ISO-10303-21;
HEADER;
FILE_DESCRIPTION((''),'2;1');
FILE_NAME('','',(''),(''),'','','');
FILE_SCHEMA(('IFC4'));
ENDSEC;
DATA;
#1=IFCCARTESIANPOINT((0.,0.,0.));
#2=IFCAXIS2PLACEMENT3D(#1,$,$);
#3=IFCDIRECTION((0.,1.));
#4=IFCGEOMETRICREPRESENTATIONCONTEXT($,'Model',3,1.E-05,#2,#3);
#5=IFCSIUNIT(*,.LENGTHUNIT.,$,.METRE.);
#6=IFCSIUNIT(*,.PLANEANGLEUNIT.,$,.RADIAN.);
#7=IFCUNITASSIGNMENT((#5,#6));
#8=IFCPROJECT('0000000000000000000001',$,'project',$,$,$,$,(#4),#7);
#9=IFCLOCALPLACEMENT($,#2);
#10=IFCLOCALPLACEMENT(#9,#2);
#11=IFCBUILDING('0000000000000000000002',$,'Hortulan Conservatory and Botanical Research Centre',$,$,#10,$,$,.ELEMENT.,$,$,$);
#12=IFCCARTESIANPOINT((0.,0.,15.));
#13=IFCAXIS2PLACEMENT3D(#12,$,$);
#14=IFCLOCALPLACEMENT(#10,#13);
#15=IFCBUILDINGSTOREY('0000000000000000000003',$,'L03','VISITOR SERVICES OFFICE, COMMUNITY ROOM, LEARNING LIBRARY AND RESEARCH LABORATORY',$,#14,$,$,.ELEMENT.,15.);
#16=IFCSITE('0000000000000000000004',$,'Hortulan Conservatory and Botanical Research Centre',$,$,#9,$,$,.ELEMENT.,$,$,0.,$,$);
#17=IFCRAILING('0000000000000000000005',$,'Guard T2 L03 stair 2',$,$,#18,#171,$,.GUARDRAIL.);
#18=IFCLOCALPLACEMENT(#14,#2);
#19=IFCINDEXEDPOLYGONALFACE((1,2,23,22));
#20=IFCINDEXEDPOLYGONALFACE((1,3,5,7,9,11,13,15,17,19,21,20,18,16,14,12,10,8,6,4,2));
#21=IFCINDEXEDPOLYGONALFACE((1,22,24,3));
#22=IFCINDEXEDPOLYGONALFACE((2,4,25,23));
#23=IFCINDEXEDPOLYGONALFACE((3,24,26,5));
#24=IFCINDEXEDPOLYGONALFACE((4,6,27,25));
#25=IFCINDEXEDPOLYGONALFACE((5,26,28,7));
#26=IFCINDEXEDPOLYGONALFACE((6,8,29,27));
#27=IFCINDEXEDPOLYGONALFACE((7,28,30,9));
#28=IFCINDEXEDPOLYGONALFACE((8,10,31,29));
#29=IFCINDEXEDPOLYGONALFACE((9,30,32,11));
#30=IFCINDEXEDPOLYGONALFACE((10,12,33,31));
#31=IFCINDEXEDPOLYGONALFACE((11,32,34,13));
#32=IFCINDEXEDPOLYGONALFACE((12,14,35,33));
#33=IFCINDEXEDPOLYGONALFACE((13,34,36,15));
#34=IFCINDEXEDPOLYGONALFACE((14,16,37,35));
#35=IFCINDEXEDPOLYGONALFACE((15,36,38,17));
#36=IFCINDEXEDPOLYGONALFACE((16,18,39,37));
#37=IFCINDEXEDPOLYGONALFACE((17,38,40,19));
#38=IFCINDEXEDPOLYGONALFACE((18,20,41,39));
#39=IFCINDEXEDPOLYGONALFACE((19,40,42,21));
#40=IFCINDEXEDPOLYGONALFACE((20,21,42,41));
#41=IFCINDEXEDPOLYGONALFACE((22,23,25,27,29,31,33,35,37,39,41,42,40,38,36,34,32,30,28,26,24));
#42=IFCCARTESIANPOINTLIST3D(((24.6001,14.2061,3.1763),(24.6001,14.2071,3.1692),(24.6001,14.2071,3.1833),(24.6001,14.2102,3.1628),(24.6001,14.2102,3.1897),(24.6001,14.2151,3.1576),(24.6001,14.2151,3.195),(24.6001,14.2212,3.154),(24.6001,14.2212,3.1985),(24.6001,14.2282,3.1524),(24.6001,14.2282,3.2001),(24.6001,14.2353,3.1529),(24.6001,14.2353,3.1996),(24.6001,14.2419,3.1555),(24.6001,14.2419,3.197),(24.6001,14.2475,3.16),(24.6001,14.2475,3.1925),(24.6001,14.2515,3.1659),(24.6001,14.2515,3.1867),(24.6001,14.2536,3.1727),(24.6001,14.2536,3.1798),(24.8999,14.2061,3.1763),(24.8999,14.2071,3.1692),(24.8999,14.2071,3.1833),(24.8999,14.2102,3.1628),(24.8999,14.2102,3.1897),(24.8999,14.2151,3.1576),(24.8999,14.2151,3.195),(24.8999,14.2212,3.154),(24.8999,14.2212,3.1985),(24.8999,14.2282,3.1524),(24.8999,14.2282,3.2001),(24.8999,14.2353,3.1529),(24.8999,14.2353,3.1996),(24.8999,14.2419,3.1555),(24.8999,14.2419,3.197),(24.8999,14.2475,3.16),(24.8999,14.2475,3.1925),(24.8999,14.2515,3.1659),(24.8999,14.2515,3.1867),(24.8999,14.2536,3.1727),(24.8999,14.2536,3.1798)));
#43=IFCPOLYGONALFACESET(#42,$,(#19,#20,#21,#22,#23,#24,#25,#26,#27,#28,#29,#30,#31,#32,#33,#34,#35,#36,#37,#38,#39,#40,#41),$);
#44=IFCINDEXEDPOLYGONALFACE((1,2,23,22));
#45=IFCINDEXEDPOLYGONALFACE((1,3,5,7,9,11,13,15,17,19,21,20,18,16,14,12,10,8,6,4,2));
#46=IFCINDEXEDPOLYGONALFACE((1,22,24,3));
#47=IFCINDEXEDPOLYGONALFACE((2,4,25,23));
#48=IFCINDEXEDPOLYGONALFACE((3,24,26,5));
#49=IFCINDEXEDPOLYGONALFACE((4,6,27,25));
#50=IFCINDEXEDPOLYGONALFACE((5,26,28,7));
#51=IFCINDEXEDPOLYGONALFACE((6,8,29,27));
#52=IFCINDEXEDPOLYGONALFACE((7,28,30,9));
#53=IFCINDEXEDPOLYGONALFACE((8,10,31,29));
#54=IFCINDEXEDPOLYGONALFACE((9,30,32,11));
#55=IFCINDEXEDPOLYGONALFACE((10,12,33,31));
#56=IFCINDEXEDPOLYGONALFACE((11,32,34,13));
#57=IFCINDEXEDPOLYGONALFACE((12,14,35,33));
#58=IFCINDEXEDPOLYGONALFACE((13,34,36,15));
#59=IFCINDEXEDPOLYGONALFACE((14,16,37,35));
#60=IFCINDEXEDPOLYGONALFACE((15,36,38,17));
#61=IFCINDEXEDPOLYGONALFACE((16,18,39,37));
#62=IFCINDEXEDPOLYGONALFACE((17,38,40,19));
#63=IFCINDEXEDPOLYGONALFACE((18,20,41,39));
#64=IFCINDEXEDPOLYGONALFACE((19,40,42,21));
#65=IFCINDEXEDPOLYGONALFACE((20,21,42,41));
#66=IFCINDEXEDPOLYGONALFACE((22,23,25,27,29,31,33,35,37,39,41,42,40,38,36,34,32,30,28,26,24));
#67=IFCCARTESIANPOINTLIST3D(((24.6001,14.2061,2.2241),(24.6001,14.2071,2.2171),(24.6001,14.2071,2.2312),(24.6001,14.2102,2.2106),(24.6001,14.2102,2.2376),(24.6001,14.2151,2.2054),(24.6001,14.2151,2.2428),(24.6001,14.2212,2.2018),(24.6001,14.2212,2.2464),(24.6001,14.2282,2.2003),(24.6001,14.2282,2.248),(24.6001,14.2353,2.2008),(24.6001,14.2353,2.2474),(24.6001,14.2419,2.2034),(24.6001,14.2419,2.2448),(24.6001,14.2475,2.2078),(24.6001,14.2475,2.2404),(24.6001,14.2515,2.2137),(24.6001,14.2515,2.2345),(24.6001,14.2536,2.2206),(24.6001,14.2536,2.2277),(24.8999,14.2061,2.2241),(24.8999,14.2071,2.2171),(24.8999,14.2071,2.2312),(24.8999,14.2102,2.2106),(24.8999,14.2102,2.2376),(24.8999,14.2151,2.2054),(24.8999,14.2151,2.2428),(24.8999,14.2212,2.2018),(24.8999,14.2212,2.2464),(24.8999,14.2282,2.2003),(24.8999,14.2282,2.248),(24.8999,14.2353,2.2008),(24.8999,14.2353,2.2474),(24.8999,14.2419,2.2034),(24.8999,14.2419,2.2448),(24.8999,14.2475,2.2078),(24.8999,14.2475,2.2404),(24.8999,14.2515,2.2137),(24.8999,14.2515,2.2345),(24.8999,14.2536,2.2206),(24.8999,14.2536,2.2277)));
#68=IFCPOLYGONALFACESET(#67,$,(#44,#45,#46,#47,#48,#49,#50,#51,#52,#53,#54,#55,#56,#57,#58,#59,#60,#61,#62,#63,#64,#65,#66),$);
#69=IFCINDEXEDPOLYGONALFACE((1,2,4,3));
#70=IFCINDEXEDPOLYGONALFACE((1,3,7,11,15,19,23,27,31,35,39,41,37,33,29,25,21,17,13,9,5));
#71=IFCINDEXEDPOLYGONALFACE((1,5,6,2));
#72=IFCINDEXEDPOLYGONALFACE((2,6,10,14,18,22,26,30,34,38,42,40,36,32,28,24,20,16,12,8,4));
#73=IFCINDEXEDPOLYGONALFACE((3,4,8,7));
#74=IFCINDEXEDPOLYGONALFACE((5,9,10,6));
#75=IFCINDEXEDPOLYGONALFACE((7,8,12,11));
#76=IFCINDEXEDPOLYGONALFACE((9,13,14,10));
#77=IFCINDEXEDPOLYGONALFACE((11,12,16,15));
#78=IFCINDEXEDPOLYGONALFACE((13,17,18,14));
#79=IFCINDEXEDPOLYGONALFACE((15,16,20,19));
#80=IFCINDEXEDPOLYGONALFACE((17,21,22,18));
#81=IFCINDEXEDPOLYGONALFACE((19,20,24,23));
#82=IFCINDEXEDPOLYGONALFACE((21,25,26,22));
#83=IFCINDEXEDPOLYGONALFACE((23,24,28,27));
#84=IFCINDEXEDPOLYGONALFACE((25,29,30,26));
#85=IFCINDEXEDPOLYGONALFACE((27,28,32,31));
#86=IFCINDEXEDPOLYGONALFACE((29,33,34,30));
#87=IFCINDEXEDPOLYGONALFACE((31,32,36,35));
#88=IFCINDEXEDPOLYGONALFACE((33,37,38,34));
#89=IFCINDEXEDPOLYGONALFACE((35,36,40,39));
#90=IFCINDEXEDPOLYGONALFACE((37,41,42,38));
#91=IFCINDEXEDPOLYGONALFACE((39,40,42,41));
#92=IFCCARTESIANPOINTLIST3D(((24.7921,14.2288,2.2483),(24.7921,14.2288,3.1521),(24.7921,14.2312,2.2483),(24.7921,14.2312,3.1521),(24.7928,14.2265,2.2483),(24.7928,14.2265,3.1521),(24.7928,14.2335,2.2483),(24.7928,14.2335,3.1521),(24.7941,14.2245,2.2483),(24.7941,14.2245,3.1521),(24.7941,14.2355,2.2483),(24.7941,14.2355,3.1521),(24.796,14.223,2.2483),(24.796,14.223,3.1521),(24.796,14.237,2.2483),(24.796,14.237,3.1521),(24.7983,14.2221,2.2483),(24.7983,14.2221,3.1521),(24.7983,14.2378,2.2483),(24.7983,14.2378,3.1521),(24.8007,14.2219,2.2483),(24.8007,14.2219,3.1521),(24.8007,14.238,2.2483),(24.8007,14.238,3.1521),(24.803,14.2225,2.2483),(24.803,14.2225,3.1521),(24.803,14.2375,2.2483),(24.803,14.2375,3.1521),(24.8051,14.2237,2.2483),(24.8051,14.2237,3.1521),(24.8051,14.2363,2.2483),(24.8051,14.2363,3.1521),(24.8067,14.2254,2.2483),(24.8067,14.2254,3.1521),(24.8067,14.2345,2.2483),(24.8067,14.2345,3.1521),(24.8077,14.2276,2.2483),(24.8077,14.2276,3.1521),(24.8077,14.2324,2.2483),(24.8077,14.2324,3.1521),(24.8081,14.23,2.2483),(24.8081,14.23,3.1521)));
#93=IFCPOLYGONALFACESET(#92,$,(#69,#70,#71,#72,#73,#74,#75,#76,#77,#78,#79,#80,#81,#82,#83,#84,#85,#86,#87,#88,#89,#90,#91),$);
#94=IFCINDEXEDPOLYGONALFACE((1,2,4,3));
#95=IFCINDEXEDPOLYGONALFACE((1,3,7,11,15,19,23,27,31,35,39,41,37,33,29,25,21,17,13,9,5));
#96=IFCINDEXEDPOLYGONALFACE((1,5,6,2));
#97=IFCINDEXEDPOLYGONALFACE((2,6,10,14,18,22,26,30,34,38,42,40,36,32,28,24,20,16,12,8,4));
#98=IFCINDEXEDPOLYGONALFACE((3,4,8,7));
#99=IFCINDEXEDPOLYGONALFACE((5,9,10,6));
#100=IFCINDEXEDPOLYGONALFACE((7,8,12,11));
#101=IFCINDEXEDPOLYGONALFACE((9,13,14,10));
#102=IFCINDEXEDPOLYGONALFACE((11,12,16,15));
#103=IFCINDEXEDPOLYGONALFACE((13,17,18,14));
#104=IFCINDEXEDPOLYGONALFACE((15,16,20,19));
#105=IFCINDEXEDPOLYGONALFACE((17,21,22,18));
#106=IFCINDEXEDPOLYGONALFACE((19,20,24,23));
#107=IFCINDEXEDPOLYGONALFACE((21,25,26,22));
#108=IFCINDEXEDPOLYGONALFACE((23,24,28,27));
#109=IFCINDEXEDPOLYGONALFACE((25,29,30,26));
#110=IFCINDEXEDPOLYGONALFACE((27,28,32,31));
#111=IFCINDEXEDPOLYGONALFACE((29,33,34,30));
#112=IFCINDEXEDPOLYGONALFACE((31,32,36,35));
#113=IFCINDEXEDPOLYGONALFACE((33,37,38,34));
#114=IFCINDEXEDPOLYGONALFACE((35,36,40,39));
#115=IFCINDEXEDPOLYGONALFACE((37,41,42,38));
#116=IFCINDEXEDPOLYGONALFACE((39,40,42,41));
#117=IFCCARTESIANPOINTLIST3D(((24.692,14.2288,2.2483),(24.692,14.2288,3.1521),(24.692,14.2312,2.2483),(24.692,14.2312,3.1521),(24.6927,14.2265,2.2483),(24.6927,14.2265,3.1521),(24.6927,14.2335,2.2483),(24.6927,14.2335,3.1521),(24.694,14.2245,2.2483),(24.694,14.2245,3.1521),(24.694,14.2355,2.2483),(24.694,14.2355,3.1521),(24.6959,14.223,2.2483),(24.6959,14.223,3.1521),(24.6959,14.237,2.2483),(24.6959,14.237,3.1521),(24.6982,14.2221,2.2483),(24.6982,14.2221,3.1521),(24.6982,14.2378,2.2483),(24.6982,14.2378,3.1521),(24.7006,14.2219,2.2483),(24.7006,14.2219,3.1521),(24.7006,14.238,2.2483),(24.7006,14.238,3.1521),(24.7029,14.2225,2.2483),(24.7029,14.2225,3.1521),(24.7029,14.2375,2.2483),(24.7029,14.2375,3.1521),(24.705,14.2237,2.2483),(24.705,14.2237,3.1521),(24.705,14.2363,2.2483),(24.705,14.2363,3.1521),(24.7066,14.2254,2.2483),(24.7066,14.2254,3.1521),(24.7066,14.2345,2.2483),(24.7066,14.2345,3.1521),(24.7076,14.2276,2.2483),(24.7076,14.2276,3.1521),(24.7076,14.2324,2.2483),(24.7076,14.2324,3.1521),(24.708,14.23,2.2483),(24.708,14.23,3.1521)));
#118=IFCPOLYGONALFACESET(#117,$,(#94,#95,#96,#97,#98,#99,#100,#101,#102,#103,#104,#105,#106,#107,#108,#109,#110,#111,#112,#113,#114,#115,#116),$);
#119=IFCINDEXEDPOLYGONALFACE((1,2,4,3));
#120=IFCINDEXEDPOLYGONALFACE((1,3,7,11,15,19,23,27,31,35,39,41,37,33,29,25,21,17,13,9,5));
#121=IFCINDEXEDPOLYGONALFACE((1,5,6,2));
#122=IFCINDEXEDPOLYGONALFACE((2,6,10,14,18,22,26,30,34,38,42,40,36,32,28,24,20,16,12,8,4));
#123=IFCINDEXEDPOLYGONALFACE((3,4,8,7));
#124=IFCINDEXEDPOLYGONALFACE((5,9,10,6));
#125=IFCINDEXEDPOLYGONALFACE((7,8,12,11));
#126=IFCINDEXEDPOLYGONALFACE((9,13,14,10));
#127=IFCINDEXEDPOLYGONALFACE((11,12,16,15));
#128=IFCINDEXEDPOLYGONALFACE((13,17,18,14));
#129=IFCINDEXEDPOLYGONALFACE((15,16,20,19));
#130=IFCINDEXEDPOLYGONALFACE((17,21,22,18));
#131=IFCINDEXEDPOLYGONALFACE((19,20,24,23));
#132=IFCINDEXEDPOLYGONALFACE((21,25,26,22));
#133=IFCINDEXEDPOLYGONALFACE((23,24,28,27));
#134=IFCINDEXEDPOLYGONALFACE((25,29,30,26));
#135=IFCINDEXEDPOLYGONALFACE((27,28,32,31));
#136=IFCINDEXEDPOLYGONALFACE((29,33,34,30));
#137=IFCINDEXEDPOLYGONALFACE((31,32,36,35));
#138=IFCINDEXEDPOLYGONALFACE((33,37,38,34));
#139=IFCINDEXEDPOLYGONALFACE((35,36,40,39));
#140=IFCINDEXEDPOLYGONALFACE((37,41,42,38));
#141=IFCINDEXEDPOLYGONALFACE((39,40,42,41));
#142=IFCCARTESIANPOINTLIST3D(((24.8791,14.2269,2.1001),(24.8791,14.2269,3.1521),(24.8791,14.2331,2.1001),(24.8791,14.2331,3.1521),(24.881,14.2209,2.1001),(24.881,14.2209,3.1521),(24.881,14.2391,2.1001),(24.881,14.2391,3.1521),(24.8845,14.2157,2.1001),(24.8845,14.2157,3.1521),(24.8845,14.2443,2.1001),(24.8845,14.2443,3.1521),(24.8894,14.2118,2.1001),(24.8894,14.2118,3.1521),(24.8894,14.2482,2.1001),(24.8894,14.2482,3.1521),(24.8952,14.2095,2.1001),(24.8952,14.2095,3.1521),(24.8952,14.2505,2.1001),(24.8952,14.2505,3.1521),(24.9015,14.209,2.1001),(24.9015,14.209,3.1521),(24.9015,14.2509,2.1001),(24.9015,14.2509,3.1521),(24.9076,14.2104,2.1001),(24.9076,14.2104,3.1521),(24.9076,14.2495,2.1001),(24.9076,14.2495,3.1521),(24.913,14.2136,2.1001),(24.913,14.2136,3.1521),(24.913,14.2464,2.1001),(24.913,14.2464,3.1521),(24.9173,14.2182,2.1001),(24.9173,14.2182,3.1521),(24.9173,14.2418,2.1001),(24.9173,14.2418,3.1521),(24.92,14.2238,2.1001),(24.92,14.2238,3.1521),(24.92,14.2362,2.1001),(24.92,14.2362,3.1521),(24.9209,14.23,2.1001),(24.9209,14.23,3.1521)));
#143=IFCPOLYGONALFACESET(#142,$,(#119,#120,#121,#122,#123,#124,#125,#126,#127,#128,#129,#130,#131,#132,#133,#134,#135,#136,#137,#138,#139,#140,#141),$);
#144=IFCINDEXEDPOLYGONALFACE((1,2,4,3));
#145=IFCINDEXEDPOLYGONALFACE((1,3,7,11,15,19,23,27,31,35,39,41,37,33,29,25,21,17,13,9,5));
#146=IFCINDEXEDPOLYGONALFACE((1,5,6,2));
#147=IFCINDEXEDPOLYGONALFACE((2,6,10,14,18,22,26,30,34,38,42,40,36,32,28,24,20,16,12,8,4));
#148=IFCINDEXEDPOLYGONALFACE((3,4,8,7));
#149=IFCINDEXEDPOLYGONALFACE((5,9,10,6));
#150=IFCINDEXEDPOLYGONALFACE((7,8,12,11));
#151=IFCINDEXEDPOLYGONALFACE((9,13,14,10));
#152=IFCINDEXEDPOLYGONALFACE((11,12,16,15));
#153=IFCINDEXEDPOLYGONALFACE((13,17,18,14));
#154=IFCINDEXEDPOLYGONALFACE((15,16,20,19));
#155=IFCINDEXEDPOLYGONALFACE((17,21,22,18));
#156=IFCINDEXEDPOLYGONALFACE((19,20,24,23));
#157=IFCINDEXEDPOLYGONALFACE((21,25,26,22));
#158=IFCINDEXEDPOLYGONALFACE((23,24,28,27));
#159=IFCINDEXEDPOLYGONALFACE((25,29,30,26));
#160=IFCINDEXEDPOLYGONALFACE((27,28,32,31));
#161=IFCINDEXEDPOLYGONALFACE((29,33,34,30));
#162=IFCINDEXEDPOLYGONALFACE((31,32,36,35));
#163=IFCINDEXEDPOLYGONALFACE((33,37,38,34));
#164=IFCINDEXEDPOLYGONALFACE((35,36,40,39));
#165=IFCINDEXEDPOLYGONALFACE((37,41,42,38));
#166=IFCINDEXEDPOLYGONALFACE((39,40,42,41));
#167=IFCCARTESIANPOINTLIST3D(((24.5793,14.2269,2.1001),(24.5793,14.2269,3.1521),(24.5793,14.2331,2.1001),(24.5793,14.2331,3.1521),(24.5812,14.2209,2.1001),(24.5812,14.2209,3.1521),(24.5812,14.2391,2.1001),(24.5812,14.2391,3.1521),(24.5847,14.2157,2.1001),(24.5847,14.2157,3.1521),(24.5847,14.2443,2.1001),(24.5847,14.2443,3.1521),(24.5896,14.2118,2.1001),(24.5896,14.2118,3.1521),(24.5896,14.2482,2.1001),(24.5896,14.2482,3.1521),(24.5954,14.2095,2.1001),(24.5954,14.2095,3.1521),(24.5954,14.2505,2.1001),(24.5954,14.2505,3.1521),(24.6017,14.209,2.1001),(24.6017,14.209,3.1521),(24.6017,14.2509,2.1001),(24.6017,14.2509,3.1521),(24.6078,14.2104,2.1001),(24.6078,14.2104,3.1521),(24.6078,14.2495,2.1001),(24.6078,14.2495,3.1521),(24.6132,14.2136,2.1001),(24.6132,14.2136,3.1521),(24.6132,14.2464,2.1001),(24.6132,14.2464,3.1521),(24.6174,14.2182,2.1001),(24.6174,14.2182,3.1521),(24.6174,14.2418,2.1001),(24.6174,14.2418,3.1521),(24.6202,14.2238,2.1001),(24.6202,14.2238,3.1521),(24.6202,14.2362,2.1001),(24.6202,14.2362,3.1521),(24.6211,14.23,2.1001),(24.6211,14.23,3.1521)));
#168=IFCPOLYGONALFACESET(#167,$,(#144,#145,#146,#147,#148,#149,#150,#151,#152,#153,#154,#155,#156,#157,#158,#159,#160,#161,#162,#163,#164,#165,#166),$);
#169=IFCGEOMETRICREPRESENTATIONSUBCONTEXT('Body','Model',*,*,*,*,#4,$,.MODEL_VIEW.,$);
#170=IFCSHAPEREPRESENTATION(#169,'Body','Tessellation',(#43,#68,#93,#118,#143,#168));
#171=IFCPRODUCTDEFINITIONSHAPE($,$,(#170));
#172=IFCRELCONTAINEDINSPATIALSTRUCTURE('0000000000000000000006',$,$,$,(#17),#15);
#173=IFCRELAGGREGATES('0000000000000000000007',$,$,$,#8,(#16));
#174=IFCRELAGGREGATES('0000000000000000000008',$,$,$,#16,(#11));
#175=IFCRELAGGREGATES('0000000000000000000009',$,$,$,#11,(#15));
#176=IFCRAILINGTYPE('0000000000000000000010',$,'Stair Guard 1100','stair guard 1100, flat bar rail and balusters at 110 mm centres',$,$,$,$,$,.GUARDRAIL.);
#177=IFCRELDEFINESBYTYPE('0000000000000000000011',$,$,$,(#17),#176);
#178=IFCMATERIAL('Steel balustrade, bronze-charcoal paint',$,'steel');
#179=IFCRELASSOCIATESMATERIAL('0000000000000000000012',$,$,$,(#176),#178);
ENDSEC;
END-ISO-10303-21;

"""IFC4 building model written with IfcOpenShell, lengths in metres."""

from ifc_helpers import new_model, si_unit, direction, frame, origin, origin_2d, place, context, subcontext, project, spatial, circle, extrude, material, type_object, element, save


model = new_model("IFC4")

# Units and contexts
model_context = context("Model", 3, precision=1e-05, world=origin(), true_north=direction((0.0, 1.0)))
body_context = subcontext(model_context, "Body", "Model", "MODEL_VIEW")
ifc_project = project(units=[si_unit("LENGTHUNIT", "METRE"), si_unit("PLANEANGLEUNIT", "RADIAN")], contexts=[model_context])

# Site, building, storey
site_placement = place(None, origin())
site = spatial("IfcSite", under=ifc_project, at=site_placement, Name="Hortulan Conservatory and Botanical Research Centre", CompositionType="ELEMENT", RefElevation=0.0)
building_placement = place(site_placement, origin())
building = spatial("IfcBuilding", under=site, at=building_placement, Name="Hortulan Conservatory and Botanical Research Centre", CompositionType="ELEMENT")
storey_placement = place(building_placement, frame((0.0, 0.0, 15.0)))
storey = spatial("IfcBuildingStorey", under=building, at=storey_placement, Name="L03", Description="VISITOR SERVICES OFFICE, COMMUNITY ROOM, LEARNING LIBRARY AND RESEARCH LABORATORY", CompositionType="ELEMENT", Elevation=15.0)

# Railing
ifc_material_1 = material(Name="Steel balustrade, bronze-charcoal paint", Category="steel")
railing_type_1 = type_object("IfcRailingType", Name="Stair Guard 1100", Description="stair guard 1100, flat bar rail and balusters at 110 mm centres", PredefinedType="GUARDRAIL", material=ifc_material_1)
railing_1_placement = place(storey_placement, frame((24.8999, 14.23, 2.1001)))
element("IfcRailing", 1, at=railing_1_placement, inside=storey, type_object=railing_type_1, Name="Guard T2 L03 stair 2", PredefinedType="GUARDRAIL", context=body_context, shape_type="SweptSolid", body=[
    extrude(circle(Radius=0.0239, at=origin_2d()), frame((0.0, 0.0, 1.0762), z_axis=(-1.0, 0.0, 0.0), x_axis=(0.0, -1.0, 0.0)), (0.0, 0.0, 1.0), 0.2998),
    extrude(circle(Radius=0.0239, at=origin_2d()), frame((0.0, 0.0, 0.124), z_axis=(-1.0, 0.0, 0.0), x_axis=(0.0, -1.0, 0.0)), (0.0, 0.0, 1.0), 0.2998),
    extrude(circle(Radius=0.0081, at=origin_2d()), frame((-0.0999, 0.0, 0.1482)), (0.0, 0.0, 1.0), 0.9038),
    extrude(circle(Radius=0.0081, at=origin_2d()), frame((-0.2, 0.0, 0.1482)), (0.0, 0.0, 1.0), 0.9038),
    extrude(circle(Radius=0.021, at=origin_2d()), origin(), (0.0, 0.0, 1.0), 1.052),
    extrude(circle(Radius=0.021, at=origin_2d()), frame((-0.2998, 0.0, 0.0)), (0.0, 0.0, 1.0), 1.052),
])

save(model, "model.ifc")
